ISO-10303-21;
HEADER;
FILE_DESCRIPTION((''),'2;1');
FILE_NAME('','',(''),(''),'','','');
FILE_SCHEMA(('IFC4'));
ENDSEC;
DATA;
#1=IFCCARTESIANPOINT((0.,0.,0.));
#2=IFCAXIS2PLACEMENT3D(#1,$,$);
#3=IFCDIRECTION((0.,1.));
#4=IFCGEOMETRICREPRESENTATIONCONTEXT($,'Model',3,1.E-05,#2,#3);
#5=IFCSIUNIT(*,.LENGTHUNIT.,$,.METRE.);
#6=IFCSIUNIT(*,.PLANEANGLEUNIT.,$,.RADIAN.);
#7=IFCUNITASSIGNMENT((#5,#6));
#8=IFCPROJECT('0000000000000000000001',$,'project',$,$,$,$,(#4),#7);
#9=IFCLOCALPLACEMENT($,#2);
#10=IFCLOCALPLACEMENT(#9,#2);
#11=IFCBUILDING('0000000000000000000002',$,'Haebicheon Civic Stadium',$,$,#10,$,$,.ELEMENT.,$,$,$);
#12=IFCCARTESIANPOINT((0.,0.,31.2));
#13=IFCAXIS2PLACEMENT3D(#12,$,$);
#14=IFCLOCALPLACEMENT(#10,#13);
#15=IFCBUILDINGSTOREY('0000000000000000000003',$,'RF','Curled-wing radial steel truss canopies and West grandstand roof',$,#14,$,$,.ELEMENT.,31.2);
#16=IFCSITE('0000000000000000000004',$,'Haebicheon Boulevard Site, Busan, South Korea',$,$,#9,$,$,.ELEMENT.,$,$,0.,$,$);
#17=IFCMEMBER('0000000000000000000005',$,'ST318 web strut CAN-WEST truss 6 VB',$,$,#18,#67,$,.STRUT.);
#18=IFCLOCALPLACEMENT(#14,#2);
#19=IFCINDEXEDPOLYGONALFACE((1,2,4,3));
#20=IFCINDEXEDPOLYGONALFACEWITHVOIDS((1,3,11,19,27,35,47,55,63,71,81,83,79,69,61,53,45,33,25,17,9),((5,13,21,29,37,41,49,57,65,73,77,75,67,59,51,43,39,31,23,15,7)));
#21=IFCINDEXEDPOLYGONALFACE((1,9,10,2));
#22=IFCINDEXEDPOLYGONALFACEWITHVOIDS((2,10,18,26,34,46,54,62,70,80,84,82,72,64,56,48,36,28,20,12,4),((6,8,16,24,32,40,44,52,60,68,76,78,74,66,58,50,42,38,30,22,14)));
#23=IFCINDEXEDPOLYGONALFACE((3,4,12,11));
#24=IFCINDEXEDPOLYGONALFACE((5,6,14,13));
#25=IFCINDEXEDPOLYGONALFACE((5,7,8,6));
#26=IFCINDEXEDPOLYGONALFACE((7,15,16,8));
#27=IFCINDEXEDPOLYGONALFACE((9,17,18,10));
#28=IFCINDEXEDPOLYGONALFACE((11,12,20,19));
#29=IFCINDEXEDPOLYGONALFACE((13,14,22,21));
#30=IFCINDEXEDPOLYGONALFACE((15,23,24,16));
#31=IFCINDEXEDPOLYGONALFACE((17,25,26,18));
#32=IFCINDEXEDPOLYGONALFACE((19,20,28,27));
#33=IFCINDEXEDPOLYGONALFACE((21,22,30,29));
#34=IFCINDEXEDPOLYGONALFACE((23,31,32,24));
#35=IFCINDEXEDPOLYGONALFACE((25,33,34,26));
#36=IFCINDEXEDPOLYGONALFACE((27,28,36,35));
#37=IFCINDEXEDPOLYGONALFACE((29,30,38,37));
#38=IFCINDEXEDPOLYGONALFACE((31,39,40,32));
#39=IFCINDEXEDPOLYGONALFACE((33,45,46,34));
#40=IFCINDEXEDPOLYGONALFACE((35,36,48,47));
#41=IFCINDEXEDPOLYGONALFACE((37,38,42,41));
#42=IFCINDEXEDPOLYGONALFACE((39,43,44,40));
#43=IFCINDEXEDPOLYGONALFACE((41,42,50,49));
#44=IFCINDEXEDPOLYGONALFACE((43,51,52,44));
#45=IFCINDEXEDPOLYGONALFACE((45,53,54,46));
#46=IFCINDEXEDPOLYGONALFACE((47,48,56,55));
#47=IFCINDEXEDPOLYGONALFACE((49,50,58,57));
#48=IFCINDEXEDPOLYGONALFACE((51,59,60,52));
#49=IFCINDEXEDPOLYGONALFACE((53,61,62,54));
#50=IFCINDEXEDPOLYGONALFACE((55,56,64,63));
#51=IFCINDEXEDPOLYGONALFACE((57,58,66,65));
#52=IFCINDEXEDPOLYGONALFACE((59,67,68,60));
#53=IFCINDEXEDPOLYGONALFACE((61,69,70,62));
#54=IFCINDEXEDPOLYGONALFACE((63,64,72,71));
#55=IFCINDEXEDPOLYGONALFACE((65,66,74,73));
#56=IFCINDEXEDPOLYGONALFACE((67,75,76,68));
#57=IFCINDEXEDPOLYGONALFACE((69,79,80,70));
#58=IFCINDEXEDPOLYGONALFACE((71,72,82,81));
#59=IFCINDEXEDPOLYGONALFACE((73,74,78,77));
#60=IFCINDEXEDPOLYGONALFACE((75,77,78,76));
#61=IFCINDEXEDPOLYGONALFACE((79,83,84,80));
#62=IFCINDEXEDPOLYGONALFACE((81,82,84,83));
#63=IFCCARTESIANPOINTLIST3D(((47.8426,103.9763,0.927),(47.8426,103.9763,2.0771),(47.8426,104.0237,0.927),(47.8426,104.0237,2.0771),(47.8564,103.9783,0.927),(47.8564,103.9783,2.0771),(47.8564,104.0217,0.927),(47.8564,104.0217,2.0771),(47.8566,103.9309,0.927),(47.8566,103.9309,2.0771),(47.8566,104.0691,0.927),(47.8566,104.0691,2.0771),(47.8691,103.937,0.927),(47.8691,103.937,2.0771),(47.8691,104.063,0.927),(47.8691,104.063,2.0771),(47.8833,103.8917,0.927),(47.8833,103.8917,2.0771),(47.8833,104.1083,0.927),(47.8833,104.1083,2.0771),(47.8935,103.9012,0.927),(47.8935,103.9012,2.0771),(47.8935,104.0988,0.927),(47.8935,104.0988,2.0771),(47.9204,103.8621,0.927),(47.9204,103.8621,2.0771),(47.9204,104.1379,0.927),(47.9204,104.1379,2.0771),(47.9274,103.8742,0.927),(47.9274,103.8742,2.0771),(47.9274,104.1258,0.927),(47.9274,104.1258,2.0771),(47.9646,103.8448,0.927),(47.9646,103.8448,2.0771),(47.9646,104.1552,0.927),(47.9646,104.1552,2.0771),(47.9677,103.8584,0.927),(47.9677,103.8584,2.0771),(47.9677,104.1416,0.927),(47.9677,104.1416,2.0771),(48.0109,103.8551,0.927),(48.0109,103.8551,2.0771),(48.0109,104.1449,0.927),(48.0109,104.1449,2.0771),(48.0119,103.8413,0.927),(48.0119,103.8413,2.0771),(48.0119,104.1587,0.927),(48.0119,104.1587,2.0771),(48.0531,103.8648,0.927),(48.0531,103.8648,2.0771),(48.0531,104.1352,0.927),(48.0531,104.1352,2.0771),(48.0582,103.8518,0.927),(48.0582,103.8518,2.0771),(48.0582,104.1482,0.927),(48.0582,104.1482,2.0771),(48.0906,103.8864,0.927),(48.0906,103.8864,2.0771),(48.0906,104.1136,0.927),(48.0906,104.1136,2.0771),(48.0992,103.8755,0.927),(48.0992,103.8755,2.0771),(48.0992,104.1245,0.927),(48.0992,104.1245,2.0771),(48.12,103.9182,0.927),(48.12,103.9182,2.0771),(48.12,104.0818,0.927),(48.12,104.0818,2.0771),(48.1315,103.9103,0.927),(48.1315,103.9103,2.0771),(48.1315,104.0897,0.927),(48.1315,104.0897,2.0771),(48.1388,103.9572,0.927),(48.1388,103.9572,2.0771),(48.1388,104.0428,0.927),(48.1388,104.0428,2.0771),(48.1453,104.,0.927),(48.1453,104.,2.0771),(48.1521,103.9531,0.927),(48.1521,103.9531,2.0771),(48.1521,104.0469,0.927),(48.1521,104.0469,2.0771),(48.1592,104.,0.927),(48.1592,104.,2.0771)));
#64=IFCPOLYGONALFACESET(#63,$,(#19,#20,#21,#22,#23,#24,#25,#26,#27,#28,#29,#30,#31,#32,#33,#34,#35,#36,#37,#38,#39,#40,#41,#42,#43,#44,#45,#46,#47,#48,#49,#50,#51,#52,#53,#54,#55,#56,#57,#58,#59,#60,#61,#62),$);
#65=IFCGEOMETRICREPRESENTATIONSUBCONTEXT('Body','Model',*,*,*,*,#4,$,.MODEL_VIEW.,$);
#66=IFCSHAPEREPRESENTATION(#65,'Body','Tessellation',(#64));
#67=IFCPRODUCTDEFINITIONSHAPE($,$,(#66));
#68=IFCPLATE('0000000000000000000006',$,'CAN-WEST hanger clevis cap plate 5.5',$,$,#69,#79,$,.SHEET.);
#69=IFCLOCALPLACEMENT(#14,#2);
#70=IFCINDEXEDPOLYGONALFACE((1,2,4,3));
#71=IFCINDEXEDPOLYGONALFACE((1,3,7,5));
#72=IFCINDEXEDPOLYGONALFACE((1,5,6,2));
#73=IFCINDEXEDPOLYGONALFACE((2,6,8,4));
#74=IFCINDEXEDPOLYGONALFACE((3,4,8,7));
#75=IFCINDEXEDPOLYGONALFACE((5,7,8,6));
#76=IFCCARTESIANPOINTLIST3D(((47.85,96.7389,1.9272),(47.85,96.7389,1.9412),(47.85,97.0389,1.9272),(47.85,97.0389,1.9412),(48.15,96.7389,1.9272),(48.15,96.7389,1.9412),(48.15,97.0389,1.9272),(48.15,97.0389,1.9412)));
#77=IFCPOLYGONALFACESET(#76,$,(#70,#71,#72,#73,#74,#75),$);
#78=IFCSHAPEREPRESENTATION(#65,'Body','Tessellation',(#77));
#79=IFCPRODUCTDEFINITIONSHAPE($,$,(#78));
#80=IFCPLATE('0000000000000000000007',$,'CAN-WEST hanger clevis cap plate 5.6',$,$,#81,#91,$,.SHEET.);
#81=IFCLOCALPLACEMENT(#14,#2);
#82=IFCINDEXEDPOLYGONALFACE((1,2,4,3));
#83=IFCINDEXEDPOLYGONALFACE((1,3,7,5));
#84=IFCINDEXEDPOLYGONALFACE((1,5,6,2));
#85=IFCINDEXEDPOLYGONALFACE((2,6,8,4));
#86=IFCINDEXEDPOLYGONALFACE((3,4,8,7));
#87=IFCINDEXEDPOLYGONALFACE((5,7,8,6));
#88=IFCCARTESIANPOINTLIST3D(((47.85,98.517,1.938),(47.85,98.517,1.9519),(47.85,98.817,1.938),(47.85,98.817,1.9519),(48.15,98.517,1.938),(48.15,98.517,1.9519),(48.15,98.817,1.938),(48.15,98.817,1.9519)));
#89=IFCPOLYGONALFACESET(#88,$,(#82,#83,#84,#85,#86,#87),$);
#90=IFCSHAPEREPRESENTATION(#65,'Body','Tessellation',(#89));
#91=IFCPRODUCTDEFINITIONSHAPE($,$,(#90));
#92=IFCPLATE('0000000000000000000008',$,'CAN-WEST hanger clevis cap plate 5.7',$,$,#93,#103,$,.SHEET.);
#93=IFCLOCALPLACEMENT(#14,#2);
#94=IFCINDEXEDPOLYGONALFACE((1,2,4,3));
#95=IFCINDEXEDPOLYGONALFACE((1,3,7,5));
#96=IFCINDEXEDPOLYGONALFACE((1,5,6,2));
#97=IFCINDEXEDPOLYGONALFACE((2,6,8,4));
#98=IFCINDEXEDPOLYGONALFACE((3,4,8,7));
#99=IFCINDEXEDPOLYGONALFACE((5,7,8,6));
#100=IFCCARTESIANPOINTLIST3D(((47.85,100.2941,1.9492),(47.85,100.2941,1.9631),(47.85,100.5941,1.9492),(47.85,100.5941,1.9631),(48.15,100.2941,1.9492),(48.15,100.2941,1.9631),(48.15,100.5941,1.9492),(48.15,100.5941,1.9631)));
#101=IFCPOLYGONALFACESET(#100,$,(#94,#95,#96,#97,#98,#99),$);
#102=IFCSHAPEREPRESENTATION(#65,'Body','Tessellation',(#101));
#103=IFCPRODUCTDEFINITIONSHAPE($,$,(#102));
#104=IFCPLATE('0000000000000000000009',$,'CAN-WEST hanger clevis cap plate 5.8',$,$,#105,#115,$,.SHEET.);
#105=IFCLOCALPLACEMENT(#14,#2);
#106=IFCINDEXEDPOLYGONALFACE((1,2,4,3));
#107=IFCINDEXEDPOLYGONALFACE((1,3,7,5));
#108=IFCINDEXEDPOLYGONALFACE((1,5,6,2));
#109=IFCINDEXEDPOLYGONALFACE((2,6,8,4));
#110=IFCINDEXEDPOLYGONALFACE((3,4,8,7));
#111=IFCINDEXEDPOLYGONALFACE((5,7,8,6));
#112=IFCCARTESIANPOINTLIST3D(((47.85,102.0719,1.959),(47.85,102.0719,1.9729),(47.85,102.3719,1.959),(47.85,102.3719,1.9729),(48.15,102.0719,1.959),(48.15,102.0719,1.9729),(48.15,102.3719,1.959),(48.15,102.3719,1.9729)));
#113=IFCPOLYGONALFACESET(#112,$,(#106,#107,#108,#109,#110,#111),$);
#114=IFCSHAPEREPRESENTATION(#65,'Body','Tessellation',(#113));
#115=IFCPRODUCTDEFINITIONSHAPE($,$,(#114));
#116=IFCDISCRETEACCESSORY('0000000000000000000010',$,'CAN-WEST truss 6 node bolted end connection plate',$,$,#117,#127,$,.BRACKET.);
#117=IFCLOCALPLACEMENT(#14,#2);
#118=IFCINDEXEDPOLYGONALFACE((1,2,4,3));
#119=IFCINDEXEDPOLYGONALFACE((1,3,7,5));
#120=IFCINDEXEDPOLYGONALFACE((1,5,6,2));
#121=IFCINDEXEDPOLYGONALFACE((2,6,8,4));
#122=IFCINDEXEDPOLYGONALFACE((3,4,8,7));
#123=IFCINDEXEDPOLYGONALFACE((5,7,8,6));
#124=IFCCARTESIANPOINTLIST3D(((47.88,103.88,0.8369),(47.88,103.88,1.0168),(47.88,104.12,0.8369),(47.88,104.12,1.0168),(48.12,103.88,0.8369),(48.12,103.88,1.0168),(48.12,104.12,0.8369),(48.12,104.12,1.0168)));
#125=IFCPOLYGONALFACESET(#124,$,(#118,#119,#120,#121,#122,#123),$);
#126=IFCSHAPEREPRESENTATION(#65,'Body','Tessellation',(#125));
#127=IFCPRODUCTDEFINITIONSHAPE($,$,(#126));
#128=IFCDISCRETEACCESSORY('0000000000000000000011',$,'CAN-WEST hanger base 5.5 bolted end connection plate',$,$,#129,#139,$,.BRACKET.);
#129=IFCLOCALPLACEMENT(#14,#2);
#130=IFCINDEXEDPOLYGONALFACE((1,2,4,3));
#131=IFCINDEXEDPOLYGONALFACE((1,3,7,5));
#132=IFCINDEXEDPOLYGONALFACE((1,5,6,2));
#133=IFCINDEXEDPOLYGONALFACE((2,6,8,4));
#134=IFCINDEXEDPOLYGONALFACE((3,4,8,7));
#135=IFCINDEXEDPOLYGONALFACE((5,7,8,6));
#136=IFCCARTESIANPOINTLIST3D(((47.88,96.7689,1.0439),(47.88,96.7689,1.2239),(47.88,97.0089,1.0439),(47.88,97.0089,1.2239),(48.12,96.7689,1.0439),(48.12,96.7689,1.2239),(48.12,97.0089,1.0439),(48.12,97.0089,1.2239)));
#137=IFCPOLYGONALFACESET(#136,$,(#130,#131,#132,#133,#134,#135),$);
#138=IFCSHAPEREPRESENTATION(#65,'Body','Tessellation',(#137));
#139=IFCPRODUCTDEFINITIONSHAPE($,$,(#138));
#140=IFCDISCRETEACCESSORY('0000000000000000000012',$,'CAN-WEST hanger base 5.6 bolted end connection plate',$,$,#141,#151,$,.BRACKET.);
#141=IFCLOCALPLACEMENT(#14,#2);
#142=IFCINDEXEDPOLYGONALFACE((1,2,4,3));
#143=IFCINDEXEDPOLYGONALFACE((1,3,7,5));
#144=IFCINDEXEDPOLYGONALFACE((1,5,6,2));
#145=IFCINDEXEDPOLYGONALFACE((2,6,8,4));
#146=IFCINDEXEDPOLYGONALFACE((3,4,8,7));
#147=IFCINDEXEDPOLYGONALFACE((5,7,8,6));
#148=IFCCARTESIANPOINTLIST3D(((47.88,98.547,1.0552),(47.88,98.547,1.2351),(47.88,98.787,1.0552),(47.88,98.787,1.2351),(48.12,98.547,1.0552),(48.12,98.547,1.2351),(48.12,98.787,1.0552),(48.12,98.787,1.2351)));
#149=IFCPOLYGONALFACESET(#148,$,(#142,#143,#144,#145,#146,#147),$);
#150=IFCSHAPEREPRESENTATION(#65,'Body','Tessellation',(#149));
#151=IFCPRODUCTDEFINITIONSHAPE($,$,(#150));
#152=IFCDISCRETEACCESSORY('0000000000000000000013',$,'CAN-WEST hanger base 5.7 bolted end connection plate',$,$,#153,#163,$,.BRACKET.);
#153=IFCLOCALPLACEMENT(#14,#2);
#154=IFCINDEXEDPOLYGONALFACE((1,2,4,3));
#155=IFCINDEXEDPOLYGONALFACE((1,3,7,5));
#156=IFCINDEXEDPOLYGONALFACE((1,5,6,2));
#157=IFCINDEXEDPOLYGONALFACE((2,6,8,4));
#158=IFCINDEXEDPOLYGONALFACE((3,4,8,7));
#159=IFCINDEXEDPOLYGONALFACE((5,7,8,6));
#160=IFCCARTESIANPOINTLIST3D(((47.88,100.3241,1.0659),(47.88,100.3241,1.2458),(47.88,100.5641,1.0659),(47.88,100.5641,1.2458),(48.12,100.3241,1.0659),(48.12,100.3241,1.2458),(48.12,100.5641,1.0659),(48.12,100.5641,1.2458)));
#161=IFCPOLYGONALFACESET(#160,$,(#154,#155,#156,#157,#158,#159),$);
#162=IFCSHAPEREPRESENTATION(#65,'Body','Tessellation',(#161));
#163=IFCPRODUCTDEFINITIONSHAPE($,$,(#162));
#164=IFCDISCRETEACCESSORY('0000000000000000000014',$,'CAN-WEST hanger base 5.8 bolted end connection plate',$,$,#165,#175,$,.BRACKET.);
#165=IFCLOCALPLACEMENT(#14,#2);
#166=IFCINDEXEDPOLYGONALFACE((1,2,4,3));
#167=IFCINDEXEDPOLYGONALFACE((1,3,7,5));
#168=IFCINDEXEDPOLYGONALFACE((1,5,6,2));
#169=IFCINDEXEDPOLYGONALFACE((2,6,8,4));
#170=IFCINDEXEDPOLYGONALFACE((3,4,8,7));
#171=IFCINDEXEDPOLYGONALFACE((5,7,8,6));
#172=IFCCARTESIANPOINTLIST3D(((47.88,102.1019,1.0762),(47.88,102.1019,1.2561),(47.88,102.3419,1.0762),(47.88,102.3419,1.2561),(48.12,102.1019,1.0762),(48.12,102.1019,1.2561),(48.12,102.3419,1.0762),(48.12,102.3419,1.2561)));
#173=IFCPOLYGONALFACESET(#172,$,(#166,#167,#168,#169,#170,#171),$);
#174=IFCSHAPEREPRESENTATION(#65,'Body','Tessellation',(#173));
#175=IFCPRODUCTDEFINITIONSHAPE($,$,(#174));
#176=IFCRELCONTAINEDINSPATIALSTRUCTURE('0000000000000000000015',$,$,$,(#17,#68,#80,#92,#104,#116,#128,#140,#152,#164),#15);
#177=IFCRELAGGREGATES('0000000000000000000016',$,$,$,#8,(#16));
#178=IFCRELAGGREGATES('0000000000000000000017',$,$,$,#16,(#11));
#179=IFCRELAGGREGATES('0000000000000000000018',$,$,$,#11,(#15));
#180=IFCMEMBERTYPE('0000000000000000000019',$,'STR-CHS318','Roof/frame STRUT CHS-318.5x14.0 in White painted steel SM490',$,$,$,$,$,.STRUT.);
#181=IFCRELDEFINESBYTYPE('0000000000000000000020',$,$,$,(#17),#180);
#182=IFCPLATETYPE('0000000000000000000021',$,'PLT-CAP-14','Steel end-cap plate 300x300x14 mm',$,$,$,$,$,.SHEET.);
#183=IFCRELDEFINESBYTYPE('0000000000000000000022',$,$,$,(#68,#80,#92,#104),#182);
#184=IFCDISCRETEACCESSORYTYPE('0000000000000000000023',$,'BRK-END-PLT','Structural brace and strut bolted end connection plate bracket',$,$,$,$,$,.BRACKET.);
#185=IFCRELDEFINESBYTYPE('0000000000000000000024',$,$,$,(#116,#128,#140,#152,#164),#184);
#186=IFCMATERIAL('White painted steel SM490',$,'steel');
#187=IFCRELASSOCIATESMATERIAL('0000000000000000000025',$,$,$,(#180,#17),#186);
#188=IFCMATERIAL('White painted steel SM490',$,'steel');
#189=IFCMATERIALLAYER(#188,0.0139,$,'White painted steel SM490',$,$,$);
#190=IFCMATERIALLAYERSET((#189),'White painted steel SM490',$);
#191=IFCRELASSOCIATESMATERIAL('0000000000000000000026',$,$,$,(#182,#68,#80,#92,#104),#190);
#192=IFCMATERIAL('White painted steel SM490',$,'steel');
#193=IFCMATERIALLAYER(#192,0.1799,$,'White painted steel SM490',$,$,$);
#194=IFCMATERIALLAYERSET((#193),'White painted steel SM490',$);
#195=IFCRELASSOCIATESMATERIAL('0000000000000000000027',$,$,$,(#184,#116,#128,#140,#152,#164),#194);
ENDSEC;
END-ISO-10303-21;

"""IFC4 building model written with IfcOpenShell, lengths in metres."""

from ifc_helpers import new_model, si_unit, direction, frame, origin, origin_2d, place, context, subcontext, project, spatial, rectangle, hollow_circle, extrude, material, layer, layer_set, material_profile, profile_set, type_object, element, save


model = new_model("IFC4")

# Units and contexts
model_context = context("Model", 3, precision=1e-05, world=origin(), true_north=direction((0.0, 1.0)))
body_context = subcontext(model_context, "Body", "Model", "MODEL_VIEW")
ifc_project = project(units=[si_unit("LENGTHUNIT", "METRE"), si_unit("PLANEANGLEUNIT", "RADIAN")], contexts=[model_context])

# Site, building, storey
site_placement = place(None, origin())
site = spatial("IfcSite", under=ifc_project, at=site_placement, Name="Haebicheon Boulevard Site, Busan, South Korea", CompositionType="ELEMENT", RefElevation=0.0)
building_placement = place(site_placement, origin())
building = spatial("IfcBuilding", under=site, at=building_placement, Name="Haebicheon Civic Stadium", CompositionType="ELEMENT")
storey_placement = place(building_placement, frame((0.0, 0.0, 31.2)))
storey = spatial("IfcBuildingStorey", under=building, at=storey_placement, Name="RF", Description="Curled-wing radial steel truss canopies and West grandstand roof", CompositionType="ELEMENT", Elevation=31.2)

# Member
ifc_material_1 = material(Name="White painted steel SM490", Category="steel")
ifc_material_profile_1 = material_profile(ifc_material_1, hollow_circle(Radius=0.1592, WallThickness=0.0139, at=origin_2d()), Name="CHS-318.5x14.0")
ifc_profile_set_1 = profile_set([ifc_material_profile_1], Name="White painted steel SM490")
member_type_1 = type_object("IfcMemberType", Name="STR-CHS318", Description="Roof/frame STRUT CHS-318.5x14.0 in White painted steel SM490", PredefinedType="STRUT", material=ifc_profile_set_1)
member_1_placement = place(storey_placement, frame((48.0, 104.0, 0.927), z_axis=(0.0, 0.0, 1.0), x_axis=(1.0, 0.0, 0.0)))
element("IfcMember", 1, at=member_1_placement, inside=storey, type_object=member_type_1, material=ifc_profile_set_1, Name="ST318 web strut CAN-WEST truss 6 VB", PredefinedType="STRUT", context=body_context, shape_type="SweptSolid", body=[
    extrude(hollow_circle(Radius=0.1592, WallThickness=0.0139, at=origin_2d()), origin(), (0.0, 0.0, 1.0), 1.1501),
])

# Plates
ifc_material_2 = material(Name="White painted steel SM490", Category="steel")
ifc_layer_1 = layer(ifc_material_2, 0.0139, Name="White painted steel SM490")
ifc_layer_set_1 = layer_set([ifc_layer_1], Name="White painted steel SM490")
plate_type = type_object("IfcPlateType", Name="PLT-CAP-14", Description="Steel end-cap plate 300x300x14 mm", PredefinedType="SHEET", material=ifc_layer_set_1)
for number, where, z_axis, x_axis, name in (
    (2, (48.0, 96.8889, 1.9272), (0.0, 0.0, 1.0), (1.0, 0.0, 0.0), "CAN-WEST hanger clevis cap plate 5.5"),
    (3, (48.0, 98.667, 1.938), (0.0, 0.0, 1.0), (1.0, 0.0, 0.0), "CAN-WEST hanger clevis cap plate 5.6"),
    (4, (48.0, 100.4441, 1.9492), (0.0, 0.0, 1.0), (1.0, 0.0, 0.0), "CAN-WEST hanger clevis cap plate 5.7"),
    (5, (48.0, 102.2219, 1.959), (0.0, 0.0, 1.0), (1.0, 0.0, 0.0), "CAN-WEST hanger clevis cap plate 5.8"),
):
    element("IfcPlate", number, at=place(storey_placement, frame(where, z_axis=z_axis, x_axis=x_axis)), inside=storey, type_object=plate_type, material=ifc_layer_set_1, Name=name, PredefinedType="SHEET", context=body_context, shape_type="SweptSolid", body=[
        extrude(rectangle(XDim=0.3, YDim=0.3, at=origin_2d()), origin(), (0.0, 0.0, 1.0), 0.0139),
    ])

# Discrete accessories
ifc_material_3 = material(Name="White painted steel SM490", Category="steel")
ifc_layer_2 = layer(ifc_material_3, 0.1799, Name="White painted steel SM490")
ifc_layer_set_2 = layer_set([ifc_layer_2], Name="White painted steel SM490")
discrete_accessory_type = type_object("IfcDiscreteAccessoryType", Name="BRK-END-PLT", Description="Structural brace and strut bolted end connection plate bracket", PredefinedType="BRACKET", material=ifc_layer_set_2)
for number, where, z_axis, x_axis, name in (
    (6, (48.0, 104.0, 0.8369), (0.0, 0.0, 1.0), (1.0, 0.0, 0.0), "CAN-WEST truss 6 node bolted end connection plate"),
    (7, (48.0, 96.8889, 1.0439), (0.0, 0.0, 1.0), (1.0, 0.0, 0.0), "CAN-WEST hanger base 5.5 bolted end connection plate"),
    (8, (48.0, 98.667, 1.0552), (0.0, 0.0, 1.0), (1.0, 0.0, 0.0), "CAN-WEST hanger base 5.6 bolted end connection plate"),
    (9, (48.0, 100.4441, 1.0659), (0.0, 0.0, 1.0), (1.0, 0.0, 0.0), "CAN-WEST hanger base 5.7 bolted end connection plate"),
    (10, (48.0, 102.2219, 1.0762), (0.0, 0.0, 1.0), (1.0, 0.0, 0.0), "CAN-WEST hanger base 5.8 bolted end connection plate"),
):
    element("IfcDiscreteAccessory", number, at=place(storey_placement, frame(where, z_axis=z_axis, x_axis=x_axis)), inside=storey, type_object=discrete_accessory_type, material=ifc_layer_set_2, Name=name, PredefinedType="BRACKET", context=body_context, shape_type="SweptSolid", body=[
        extrude(rectangle(XDim=0.24, YDim=0.24, at=origin_2d()), origin(), (0.0, 0.0, 1.0), 0.1799),
    ])

save(model, "model.ifc")
